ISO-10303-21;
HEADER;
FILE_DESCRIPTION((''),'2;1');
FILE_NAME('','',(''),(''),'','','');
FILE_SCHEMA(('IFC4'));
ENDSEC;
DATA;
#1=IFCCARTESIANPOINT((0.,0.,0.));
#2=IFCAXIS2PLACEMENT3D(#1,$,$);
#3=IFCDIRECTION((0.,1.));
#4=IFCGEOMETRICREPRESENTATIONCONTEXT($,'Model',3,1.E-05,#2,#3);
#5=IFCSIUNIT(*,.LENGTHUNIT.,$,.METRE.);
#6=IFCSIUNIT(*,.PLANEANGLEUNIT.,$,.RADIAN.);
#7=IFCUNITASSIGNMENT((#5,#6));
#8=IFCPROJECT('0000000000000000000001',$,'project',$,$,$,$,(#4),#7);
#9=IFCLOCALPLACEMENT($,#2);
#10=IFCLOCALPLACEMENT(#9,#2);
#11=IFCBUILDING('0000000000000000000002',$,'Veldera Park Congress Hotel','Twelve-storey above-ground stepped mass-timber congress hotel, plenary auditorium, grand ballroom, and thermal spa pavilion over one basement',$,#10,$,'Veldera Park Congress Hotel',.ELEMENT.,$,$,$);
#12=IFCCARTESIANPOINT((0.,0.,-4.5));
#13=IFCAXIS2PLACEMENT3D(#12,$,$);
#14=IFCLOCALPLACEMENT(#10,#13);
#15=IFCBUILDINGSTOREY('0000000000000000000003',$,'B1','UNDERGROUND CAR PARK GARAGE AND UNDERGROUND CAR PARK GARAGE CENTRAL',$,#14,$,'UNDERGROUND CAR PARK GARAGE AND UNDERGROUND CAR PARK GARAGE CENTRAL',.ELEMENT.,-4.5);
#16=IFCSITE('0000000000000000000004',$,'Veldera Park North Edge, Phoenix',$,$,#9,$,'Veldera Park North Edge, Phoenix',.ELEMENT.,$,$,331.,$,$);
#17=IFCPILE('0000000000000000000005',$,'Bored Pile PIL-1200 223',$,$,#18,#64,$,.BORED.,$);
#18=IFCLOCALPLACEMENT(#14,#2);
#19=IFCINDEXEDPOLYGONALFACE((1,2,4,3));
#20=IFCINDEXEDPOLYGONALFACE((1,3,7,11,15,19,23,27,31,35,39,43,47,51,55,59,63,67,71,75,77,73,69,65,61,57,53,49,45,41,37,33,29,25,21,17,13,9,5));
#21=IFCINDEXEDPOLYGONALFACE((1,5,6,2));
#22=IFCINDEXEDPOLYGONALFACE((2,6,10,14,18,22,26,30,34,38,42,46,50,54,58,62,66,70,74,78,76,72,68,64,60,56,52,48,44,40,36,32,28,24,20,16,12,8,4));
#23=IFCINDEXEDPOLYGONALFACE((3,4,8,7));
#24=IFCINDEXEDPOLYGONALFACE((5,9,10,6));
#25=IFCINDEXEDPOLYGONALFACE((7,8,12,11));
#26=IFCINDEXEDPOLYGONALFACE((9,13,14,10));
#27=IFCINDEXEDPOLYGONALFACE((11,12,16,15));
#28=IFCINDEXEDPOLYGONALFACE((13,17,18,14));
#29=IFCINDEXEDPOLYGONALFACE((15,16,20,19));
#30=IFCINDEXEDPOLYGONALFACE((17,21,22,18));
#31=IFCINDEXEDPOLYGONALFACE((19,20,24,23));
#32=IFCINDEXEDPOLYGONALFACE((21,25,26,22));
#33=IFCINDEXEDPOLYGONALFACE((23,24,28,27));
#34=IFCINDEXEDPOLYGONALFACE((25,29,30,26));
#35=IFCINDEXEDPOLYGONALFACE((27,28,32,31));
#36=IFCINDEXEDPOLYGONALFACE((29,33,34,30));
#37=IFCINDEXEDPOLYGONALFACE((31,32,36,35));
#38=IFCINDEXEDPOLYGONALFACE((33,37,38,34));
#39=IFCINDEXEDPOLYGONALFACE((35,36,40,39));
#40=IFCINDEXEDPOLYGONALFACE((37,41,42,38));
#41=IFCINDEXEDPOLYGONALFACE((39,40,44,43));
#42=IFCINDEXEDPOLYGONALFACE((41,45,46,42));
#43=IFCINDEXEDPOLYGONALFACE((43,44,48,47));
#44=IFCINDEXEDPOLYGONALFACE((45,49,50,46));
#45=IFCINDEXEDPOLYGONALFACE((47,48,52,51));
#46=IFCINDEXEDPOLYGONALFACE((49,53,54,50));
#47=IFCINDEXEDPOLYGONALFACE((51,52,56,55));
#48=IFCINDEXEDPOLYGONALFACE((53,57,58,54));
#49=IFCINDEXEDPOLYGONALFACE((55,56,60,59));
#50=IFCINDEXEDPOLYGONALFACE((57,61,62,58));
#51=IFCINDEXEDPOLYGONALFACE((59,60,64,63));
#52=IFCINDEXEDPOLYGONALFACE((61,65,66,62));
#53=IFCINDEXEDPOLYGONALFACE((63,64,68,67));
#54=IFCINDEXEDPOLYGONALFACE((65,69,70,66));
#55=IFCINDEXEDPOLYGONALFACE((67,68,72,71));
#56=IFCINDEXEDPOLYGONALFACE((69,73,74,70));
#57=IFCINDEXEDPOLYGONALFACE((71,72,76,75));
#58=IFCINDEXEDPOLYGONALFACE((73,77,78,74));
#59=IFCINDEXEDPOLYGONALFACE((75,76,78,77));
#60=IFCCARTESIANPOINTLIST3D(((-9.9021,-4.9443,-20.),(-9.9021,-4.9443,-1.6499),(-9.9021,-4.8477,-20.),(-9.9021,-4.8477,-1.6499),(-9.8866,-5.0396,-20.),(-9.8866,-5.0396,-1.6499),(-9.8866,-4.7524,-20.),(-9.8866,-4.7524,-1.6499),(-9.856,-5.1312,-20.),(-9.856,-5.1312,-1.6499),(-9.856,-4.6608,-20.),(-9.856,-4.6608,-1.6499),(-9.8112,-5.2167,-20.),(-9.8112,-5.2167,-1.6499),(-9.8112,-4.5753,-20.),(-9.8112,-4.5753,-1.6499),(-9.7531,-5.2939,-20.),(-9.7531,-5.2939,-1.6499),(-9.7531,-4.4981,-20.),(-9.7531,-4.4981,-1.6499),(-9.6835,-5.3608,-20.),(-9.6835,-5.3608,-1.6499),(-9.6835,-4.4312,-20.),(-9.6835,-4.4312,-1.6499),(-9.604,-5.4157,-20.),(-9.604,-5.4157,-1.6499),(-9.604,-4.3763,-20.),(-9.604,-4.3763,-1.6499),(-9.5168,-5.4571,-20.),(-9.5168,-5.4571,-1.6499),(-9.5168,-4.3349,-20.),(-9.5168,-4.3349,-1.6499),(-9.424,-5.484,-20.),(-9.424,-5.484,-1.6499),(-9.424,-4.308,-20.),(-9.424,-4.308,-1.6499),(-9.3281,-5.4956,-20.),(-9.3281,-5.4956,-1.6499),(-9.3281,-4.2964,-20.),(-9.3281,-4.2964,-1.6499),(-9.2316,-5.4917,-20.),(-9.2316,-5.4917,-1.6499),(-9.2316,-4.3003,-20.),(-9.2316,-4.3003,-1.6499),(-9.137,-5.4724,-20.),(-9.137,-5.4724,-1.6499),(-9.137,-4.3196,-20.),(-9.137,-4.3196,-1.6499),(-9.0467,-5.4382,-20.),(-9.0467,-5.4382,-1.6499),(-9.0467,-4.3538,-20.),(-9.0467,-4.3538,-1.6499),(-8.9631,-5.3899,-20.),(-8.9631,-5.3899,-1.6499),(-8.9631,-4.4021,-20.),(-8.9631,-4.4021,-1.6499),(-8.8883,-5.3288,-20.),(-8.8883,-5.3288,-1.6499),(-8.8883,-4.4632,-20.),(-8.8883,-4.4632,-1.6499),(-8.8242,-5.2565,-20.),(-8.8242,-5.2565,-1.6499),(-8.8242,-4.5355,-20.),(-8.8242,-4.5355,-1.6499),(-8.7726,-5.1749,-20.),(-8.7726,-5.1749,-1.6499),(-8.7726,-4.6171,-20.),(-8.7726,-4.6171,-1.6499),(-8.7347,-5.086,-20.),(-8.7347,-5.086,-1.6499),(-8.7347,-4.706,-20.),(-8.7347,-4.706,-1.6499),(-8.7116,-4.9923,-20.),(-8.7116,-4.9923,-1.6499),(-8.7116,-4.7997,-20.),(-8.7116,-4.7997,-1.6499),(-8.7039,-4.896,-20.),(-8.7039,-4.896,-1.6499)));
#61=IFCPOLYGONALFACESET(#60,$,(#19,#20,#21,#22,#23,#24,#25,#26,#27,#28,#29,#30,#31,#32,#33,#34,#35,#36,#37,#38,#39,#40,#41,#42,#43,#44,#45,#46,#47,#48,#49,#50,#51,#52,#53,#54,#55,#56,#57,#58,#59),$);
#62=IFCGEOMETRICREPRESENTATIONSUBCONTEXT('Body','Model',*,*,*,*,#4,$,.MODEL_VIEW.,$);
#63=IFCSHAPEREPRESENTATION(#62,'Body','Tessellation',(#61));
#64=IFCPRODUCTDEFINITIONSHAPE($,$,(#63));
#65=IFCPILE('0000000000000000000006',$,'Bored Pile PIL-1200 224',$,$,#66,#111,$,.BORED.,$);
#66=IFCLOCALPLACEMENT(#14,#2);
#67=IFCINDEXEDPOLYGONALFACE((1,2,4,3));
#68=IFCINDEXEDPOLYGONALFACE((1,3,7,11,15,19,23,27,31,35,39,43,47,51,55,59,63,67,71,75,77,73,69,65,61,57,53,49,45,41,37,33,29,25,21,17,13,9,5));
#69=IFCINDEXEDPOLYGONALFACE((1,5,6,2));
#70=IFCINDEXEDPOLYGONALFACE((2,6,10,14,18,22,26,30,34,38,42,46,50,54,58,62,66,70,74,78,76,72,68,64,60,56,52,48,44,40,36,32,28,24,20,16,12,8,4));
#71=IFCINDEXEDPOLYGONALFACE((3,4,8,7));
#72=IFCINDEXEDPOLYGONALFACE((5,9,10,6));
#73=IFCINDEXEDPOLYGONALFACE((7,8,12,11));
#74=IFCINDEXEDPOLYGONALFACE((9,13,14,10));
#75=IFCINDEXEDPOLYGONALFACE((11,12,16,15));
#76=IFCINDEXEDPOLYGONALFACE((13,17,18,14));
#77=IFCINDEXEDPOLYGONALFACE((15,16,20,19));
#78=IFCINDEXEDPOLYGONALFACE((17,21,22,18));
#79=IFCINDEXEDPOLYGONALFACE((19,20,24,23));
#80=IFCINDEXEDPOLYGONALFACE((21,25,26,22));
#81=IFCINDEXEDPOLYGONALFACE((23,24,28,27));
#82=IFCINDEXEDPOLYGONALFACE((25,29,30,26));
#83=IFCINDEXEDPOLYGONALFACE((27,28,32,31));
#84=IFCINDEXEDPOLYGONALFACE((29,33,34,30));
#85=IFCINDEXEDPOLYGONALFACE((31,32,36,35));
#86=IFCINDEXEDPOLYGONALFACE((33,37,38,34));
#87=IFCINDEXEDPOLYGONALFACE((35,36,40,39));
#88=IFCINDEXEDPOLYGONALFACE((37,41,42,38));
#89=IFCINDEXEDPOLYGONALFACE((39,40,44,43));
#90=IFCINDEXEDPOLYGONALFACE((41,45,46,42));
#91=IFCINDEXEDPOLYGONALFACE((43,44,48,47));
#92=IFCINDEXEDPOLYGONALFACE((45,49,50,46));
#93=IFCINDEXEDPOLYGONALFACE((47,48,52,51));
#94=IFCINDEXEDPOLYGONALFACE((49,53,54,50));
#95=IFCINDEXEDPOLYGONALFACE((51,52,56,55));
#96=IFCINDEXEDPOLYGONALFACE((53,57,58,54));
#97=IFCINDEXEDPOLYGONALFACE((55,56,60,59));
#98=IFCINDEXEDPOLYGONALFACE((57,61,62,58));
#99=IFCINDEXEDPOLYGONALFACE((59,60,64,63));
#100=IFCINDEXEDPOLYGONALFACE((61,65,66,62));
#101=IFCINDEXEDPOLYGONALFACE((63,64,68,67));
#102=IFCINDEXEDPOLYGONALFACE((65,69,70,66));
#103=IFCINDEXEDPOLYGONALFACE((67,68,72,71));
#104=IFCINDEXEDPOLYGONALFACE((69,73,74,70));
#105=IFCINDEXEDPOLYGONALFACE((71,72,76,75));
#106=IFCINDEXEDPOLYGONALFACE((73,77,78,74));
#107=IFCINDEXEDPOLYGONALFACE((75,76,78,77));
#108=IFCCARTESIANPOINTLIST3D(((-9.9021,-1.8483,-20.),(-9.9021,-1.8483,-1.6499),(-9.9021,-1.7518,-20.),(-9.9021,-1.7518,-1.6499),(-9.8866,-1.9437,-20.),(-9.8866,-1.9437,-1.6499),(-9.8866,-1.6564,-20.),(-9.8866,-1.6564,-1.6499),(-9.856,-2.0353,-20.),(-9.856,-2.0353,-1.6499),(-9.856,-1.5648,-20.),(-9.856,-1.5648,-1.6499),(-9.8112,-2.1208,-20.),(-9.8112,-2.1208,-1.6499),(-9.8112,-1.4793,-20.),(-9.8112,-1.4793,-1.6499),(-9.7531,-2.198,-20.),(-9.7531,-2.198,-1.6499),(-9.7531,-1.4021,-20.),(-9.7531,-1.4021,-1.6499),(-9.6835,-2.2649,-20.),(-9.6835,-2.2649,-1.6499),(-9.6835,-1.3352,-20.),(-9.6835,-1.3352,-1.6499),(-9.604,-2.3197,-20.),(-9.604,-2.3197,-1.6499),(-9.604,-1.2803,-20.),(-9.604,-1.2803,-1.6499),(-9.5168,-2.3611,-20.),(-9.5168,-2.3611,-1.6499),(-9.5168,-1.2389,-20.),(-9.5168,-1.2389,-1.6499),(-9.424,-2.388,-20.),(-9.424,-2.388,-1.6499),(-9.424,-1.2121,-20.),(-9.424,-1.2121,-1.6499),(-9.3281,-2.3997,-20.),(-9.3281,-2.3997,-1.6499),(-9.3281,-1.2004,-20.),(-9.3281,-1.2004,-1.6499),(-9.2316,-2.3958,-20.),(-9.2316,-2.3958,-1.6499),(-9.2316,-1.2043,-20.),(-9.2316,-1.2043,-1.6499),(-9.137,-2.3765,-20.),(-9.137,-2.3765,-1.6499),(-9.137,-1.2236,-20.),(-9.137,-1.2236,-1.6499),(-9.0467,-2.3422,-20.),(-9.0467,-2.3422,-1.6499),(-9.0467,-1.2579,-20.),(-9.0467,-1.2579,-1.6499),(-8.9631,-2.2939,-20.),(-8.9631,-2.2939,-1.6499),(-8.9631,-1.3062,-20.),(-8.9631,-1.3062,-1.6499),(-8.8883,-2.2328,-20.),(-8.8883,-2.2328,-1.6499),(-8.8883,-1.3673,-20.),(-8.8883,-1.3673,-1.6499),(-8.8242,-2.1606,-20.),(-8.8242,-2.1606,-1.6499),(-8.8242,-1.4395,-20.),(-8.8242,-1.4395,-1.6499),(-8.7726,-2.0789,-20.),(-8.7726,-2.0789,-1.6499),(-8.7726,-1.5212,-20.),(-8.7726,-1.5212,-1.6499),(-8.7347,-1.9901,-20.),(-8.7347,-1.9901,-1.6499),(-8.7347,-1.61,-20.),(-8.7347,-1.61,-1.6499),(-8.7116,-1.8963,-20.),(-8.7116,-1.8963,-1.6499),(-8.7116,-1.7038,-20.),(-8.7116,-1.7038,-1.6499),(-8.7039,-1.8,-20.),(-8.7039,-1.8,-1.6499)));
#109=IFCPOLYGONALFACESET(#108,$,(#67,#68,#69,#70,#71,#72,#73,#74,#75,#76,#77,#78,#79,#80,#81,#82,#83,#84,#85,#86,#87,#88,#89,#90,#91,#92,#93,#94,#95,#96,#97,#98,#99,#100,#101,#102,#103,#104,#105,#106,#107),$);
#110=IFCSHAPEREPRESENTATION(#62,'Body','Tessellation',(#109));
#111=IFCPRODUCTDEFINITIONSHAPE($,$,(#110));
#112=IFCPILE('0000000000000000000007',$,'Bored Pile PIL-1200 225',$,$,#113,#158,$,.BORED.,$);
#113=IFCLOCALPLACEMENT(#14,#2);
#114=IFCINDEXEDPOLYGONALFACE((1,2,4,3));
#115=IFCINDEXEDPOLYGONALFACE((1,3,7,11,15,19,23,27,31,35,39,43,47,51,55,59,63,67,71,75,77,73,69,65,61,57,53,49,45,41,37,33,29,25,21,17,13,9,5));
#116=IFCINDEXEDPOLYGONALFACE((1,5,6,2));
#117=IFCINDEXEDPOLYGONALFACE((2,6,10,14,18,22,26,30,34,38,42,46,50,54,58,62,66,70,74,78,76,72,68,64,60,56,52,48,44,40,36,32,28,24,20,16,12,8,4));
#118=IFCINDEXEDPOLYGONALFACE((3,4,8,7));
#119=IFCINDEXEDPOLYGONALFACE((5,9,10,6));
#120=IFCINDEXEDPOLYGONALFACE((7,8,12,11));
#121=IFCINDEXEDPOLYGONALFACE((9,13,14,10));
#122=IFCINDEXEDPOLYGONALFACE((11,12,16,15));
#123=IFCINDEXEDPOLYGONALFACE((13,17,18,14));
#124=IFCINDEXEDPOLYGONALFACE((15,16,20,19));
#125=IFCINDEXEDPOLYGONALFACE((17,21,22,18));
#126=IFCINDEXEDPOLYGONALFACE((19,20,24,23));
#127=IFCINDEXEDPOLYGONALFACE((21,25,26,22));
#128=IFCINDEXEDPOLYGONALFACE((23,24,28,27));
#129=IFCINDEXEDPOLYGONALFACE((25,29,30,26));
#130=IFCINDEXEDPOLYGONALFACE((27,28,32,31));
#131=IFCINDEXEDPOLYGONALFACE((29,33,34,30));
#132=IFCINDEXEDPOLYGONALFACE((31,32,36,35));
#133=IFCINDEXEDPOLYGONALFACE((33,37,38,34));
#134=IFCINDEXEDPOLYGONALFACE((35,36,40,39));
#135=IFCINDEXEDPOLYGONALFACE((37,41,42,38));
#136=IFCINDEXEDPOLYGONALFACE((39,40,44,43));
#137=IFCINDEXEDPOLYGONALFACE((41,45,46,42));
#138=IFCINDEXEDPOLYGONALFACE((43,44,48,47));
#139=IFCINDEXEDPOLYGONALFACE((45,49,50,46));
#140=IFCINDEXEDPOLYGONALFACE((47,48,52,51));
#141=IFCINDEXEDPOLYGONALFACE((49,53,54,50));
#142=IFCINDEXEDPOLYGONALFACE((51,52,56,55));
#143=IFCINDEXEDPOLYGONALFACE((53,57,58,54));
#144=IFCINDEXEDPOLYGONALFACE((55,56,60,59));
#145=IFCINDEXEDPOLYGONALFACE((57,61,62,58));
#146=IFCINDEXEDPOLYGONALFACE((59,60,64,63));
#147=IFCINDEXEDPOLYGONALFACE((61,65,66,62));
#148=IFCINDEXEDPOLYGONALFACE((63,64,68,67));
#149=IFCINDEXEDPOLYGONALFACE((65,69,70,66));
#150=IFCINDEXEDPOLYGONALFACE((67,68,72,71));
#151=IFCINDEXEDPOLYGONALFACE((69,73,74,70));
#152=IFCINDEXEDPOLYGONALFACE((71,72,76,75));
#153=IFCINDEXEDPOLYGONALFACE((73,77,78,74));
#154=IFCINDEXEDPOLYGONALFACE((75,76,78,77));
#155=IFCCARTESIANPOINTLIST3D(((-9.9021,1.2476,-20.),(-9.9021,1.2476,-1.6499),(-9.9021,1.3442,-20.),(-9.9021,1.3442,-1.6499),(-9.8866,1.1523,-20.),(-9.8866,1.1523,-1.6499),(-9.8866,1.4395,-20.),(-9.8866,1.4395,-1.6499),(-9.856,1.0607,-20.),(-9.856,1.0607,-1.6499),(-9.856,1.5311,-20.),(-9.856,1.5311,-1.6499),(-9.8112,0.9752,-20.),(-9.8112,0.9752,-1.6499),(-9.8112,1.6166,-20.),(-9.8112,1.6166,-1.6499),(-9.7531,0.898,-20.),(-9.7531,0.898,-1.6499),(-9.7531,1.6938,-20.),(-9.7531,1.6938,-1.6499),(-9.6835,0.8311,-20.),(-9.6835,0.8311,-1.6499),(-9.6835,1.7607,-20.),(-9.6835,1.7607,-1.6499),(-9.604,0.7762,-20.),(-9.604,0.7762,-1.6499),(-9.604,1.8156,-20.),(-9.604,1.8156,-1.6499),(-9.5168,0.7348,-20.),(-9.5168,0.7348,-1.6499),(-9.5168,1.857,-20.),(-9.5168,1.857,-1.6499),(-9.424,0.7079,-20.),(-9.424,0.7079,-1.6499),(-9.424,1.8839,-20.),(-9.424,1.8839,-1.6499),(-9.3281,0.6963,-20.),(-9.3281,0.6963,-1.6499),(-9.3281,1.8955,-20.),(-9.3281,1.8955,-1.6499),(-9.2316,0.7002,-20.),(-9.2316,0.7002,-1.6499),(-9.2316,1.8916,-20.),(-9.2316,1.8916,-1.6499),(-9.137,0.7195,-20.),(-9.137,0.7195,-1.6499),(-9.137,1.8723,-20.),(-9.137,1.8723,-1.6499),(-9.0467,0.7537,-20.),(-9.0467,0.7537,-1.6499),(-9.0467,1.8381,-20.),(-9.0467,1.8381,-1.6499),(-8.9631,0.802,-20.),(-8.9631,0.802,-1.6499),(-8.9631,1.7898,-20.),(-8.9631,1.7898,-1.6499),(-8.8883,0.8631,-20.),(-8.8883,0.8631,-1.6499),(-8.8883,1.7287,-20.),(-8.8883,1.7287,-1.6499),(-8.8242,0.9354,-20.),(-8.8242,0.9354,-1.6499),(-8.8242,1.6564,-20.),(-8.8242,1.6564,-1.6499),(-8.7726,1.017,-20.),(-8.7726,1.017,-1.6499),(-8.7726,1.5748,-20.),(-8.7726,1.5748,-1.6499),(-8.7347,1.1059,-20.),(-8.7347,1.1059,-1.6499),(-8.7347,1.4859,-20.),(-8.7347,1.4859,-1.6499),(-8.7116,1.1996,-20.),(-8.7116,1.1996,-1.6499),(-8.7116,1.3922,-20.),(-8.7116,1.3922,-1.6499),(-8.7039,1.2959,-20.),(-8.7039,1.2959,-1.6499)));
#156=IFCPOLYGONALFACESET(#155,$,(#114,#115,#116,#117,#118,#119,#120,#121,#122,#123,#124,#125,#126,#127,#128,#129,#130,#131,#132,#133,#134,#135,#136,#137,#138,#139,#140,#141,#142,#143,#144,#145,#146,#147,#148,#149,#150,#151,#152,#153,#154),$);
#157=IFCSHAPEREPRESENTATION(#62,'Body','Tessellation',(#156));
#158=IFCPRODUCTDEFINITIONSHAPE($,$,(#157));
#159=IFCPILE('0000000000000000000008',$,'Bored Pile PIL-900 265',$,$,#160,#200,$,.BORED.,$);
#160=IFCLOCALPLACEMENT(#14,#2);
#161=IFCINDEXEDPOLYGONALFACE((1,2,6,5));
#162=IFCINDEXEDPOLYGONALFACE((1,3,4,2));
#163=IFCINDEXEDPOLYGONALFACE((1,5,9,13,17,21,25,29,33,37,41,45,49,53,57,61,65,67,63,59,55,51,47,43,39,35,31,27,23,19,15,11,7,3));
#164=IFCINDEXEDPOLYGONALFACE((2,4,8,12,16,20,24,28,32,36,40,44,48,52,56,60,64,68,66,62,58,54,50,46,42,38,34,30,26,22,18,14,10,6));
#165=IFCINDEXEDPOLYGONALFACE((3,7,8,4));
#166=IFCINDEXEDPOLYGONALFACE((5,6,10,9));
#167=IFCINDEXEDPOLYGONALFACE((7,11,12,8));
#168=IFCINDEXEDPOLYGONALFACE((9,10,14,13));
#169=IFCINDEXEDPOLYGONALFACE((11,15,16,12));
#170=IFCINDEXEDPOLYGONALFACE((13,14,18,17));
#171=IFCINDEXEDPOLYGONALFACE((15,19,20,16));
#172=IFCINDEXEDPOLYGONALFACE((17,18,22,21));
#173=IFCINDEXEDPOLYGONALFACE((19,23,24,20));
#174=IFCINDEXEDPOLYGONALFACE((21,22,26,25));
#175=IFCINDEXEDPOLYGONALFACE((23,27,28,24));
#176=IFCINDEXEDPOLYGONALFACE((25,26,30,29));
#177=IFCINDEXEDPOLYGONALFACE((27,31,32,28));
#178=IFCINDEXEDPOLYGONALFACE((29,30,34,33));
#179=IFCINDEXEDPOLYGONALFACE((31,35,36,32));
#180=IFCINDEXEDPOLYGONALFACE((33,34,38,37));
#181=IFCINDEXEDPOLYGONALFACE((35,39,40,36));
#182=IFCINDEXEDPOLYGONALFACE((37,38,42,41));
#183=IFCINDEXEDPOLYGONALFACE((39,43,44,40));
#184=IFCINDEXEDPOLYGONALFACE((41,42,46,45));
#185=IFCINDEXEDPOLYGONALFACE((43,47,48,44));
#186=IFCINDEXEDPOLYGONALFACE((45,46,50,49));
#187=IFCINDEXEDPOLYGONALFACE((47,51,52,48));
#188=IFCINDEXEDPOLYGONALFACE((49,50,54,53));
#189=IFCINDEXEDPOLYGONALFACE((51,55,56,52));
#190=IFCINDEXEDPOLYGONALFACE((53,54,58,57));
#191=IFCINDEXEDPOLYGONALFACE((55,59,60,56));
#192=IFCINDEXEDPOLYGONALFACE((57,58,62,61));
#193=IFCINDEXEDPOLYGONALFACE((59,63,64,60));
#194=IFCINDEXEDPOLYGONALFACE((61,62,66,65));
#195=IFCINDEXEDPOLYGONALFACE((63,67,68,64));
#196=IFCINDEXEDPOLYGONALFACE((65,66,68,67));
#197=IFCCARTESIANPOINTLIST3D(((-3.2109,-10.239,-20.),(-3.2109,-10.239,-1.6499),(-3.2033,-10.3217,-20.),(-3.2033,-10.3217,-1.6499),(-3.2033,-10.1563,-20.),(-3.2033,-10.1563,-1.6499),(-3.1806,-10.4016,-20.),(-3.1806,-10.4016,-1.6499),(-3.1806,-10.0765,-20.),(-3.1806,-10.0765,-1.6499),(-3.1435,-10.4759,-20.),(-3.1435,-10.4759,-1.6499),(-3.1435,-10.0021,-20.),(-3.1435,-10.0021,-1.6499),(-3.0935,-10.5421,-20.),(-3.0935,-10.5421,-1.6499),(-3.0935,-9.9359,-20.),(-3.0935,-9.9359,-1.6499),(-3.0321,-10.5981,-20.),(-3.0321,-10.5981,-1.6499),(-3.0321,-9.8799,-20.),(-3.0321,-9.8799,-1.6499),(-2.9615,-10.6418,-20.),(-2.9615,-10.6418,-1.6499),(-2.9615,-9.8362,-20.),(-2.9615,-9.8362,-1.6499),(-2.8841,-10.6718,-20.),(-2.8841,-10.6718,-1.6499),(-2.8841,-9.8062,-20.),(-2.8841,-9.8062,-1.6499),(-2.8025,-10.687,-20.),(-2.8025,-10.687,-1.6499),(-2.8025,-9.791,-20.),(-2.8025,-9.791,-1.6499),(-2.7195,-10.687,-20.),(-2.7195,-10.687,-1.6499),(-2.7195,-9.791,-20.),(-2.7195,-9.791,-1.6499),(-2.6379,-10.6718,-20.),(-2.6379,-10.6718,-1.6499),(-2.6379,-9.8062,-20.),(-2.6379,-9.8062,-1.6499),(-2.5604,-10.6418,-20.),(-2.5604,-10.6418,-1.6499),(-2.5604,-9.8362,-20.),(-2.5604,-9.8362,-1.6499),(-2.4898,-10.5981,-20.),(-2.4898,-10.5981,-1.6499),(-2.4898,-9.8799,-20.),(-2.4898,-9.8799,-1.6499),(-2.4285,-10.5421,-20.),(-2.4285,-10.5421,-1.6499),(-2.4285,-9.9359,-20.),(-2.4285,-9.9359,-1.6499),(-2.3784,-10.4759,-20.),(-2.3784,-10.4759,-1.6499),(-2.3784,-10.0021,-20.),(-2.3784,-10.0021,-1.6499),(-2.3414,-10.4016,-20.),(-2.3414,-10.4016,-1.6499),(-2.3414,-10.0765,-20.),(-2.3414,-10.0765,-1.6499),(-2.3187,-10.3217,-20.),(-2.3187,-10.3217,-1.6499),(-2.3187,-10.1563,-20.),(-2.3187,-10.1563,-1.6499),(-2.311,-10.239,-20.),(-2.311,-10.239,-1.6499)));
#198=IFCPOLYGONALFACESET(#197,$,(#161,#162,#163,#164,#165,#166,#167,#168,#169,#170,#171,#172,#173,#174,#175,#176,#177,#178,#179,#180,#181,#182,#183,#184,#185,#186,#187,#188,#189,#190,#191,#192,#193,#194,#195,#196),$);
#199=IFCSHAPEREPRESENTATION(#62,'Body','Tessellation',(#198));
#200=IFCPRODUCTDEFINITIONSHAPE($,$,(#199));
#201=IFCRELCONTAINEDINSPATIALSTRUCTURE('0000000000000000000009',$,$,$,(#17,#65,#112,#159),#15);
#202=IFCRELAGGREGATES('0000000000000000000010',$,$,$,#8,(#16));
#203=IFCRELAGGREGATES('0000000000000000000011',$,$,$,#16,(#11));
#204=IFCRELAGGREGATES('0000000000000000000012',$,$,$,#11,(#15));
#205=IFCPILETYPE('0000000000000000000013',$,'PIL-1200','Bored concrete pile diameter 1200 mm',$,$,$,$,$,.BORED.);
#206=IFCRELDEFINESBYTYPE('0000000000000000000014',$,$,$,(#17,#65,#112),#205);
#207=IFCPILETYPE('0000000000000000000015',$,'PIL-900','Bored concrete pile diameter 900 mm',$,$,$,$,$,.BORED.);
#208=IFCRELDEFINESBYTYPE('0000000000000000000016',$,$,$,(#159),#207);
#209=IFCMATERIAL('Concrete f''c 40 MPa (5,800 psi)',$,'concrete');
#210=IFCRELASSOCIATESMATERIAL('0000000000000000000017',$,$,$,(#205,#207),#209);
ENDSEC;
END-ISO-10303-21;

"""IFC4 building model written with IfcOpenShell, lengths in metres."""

from ifc_helpers import new_model, si_unit, direction, frame, origin, origin_2d, place, context, subcontext, project, spatial, circle, extrude, material, material_profile, profile_set, type_object, element, save


model = new_model("IFC4")

# Units and contexts
model_context = context("Model", 3, precision=1e-05, world=origin(), true_north=direction((0.0, 1.0)))
body_context = subcontext(model_context, "Body", "Model", "MODEL_VIEW")
ifc_project = project(units=[si_unit("LENGTHUNIT", "METRE"), si_unit("PLANEANGLEUNIT", "RADIAN")], contexts=[model_context])

# Site, building, storey
site_placement = place(None, origin())
site = spatial("IfcSite", under=ifc_project, at=site_placement, Name="Veldera Park North Edge, Phoenix", LongName="Veldera Park North Edge, Phoenix", CompositionType="ELEMENT", RefElevation=331.0)
building_placement = place(site_placement, origin())
building = spatial("IfcBuilding", under=site, at=building_placement, Name="Veldera Park Congress Hotel", Description="Twelve-storey above-ground stepped mass-timber congress hotel, plenary auditorium, grand ballroom, and thermal spa pavilion over one basement", LongName="Veldera Park Congress Hotel", CompositionType="ELEMENT")
storey_placement = place(building_placement, frame((0.0, 0.0, -4.5)))
storey = spatial("IfcBuildingStorey", under=building, at=storey_placement, Name="B1", Description="UNDERGROUND CAR PARK GARAGE AND UNDERGROUND CAR PARK GARAGE CENTRAL", LongName="UNDERGROUND CAR PARK GARAGE AND UNDERGROUND CAR PARK GARAGE CENTRAL", CompositionType="ELEMENT", Elevation=-4.5)

# Shared definitions
ifc_material_1 = material(Name="Concrete f'c 40 MPa (5,800 psi)", Category="concrete")

# Piles
ifc_material_profile_1 = material_profile(ifc_material_1, circle(Radius=0.6001, at=origin_2d()), Name="PILE D1200")
ifc_profile_set_1 = profile_set([ifc_material_profile_1], Name="Concrete f'c 40 MPa (5,800 psi)")
pile_type_1 = type_object("IfcPileType", Name="PIL-1200", Description="Bored concrete pile diameter 1200 mm", PredefinedType="BORED", material=ifc_profile_set_1)
for number, where, z_axis, x_axis, name in (
    (1, (-9.304, -4.896, -1.6499), (0.0, 0.0, -1.0), (1.0, 0.0, 0.0), "Bored Pile PIL-1200 223"),
    (2, (-9.304, -1.8, -1.6499), (0.0, 0.0, -1.0), (1.0, 0.0, 0.0), "Bored Pile PIL-1200 224"),
    (3, (-9.304, 1.2959, -1.6499), (0.0, 0.0, -1.0), (1.0, 0.0, 0.0), "Bored Pile PIL-1200 225"),
):
    element("IfcPile", number, at=place(storey_placement, frame(where, z_axis=z_axis, x_axis=x_axis)), inside=storey, type_object=pile_type_1, Name=name, PredefinedType="BORED", context=body_context, shape_type="SweptSolid", body=[
        extrude(circle(Radius=0.6001, at=origin_2d()), origin(), (0.0, 0.0, 1.0), 18.3501),
    ])
ifc_material_profile_2 = material_profile(ifc_material_1, circle(Radius=0.45, at=origin_2d()), Name="PILE D900")
ifc_profile_set_2 = profile_set([ifc_material_profile_2], Name="Concrete f'c 40 MPa (5,800 psi)")
pile_type_2 = type_object("IfcPileType", Name="PIL-900", Description="Bored concrete pile diameter 900 mm", PredefinedType="BORED", material=ifc_profile_set_2)
for number, where, z_axis, x_axis, name in (
    (4, (-2.761, -10.239, -1.6499), (0.0, 0.0, -1.0), (1.0, 0.0, 0.0), "Bored Pile PIL-900 265"),
):
    element("IfcPile", number, at=place(storey_placement, frame(where, z_axis=z_axis, x_axis=x_axis)), inside=storey, type_object=pile_type_2, Name=name, PredefinedType="BORED", context=body_context, shape_type="SweptSolid", body=[
        extrude(circle(Radius=0.45, at=origin_2d()), origin(), (0.0, 0.0, 1.0), 18.3501),
    ])

save(model, "model.ifc")
